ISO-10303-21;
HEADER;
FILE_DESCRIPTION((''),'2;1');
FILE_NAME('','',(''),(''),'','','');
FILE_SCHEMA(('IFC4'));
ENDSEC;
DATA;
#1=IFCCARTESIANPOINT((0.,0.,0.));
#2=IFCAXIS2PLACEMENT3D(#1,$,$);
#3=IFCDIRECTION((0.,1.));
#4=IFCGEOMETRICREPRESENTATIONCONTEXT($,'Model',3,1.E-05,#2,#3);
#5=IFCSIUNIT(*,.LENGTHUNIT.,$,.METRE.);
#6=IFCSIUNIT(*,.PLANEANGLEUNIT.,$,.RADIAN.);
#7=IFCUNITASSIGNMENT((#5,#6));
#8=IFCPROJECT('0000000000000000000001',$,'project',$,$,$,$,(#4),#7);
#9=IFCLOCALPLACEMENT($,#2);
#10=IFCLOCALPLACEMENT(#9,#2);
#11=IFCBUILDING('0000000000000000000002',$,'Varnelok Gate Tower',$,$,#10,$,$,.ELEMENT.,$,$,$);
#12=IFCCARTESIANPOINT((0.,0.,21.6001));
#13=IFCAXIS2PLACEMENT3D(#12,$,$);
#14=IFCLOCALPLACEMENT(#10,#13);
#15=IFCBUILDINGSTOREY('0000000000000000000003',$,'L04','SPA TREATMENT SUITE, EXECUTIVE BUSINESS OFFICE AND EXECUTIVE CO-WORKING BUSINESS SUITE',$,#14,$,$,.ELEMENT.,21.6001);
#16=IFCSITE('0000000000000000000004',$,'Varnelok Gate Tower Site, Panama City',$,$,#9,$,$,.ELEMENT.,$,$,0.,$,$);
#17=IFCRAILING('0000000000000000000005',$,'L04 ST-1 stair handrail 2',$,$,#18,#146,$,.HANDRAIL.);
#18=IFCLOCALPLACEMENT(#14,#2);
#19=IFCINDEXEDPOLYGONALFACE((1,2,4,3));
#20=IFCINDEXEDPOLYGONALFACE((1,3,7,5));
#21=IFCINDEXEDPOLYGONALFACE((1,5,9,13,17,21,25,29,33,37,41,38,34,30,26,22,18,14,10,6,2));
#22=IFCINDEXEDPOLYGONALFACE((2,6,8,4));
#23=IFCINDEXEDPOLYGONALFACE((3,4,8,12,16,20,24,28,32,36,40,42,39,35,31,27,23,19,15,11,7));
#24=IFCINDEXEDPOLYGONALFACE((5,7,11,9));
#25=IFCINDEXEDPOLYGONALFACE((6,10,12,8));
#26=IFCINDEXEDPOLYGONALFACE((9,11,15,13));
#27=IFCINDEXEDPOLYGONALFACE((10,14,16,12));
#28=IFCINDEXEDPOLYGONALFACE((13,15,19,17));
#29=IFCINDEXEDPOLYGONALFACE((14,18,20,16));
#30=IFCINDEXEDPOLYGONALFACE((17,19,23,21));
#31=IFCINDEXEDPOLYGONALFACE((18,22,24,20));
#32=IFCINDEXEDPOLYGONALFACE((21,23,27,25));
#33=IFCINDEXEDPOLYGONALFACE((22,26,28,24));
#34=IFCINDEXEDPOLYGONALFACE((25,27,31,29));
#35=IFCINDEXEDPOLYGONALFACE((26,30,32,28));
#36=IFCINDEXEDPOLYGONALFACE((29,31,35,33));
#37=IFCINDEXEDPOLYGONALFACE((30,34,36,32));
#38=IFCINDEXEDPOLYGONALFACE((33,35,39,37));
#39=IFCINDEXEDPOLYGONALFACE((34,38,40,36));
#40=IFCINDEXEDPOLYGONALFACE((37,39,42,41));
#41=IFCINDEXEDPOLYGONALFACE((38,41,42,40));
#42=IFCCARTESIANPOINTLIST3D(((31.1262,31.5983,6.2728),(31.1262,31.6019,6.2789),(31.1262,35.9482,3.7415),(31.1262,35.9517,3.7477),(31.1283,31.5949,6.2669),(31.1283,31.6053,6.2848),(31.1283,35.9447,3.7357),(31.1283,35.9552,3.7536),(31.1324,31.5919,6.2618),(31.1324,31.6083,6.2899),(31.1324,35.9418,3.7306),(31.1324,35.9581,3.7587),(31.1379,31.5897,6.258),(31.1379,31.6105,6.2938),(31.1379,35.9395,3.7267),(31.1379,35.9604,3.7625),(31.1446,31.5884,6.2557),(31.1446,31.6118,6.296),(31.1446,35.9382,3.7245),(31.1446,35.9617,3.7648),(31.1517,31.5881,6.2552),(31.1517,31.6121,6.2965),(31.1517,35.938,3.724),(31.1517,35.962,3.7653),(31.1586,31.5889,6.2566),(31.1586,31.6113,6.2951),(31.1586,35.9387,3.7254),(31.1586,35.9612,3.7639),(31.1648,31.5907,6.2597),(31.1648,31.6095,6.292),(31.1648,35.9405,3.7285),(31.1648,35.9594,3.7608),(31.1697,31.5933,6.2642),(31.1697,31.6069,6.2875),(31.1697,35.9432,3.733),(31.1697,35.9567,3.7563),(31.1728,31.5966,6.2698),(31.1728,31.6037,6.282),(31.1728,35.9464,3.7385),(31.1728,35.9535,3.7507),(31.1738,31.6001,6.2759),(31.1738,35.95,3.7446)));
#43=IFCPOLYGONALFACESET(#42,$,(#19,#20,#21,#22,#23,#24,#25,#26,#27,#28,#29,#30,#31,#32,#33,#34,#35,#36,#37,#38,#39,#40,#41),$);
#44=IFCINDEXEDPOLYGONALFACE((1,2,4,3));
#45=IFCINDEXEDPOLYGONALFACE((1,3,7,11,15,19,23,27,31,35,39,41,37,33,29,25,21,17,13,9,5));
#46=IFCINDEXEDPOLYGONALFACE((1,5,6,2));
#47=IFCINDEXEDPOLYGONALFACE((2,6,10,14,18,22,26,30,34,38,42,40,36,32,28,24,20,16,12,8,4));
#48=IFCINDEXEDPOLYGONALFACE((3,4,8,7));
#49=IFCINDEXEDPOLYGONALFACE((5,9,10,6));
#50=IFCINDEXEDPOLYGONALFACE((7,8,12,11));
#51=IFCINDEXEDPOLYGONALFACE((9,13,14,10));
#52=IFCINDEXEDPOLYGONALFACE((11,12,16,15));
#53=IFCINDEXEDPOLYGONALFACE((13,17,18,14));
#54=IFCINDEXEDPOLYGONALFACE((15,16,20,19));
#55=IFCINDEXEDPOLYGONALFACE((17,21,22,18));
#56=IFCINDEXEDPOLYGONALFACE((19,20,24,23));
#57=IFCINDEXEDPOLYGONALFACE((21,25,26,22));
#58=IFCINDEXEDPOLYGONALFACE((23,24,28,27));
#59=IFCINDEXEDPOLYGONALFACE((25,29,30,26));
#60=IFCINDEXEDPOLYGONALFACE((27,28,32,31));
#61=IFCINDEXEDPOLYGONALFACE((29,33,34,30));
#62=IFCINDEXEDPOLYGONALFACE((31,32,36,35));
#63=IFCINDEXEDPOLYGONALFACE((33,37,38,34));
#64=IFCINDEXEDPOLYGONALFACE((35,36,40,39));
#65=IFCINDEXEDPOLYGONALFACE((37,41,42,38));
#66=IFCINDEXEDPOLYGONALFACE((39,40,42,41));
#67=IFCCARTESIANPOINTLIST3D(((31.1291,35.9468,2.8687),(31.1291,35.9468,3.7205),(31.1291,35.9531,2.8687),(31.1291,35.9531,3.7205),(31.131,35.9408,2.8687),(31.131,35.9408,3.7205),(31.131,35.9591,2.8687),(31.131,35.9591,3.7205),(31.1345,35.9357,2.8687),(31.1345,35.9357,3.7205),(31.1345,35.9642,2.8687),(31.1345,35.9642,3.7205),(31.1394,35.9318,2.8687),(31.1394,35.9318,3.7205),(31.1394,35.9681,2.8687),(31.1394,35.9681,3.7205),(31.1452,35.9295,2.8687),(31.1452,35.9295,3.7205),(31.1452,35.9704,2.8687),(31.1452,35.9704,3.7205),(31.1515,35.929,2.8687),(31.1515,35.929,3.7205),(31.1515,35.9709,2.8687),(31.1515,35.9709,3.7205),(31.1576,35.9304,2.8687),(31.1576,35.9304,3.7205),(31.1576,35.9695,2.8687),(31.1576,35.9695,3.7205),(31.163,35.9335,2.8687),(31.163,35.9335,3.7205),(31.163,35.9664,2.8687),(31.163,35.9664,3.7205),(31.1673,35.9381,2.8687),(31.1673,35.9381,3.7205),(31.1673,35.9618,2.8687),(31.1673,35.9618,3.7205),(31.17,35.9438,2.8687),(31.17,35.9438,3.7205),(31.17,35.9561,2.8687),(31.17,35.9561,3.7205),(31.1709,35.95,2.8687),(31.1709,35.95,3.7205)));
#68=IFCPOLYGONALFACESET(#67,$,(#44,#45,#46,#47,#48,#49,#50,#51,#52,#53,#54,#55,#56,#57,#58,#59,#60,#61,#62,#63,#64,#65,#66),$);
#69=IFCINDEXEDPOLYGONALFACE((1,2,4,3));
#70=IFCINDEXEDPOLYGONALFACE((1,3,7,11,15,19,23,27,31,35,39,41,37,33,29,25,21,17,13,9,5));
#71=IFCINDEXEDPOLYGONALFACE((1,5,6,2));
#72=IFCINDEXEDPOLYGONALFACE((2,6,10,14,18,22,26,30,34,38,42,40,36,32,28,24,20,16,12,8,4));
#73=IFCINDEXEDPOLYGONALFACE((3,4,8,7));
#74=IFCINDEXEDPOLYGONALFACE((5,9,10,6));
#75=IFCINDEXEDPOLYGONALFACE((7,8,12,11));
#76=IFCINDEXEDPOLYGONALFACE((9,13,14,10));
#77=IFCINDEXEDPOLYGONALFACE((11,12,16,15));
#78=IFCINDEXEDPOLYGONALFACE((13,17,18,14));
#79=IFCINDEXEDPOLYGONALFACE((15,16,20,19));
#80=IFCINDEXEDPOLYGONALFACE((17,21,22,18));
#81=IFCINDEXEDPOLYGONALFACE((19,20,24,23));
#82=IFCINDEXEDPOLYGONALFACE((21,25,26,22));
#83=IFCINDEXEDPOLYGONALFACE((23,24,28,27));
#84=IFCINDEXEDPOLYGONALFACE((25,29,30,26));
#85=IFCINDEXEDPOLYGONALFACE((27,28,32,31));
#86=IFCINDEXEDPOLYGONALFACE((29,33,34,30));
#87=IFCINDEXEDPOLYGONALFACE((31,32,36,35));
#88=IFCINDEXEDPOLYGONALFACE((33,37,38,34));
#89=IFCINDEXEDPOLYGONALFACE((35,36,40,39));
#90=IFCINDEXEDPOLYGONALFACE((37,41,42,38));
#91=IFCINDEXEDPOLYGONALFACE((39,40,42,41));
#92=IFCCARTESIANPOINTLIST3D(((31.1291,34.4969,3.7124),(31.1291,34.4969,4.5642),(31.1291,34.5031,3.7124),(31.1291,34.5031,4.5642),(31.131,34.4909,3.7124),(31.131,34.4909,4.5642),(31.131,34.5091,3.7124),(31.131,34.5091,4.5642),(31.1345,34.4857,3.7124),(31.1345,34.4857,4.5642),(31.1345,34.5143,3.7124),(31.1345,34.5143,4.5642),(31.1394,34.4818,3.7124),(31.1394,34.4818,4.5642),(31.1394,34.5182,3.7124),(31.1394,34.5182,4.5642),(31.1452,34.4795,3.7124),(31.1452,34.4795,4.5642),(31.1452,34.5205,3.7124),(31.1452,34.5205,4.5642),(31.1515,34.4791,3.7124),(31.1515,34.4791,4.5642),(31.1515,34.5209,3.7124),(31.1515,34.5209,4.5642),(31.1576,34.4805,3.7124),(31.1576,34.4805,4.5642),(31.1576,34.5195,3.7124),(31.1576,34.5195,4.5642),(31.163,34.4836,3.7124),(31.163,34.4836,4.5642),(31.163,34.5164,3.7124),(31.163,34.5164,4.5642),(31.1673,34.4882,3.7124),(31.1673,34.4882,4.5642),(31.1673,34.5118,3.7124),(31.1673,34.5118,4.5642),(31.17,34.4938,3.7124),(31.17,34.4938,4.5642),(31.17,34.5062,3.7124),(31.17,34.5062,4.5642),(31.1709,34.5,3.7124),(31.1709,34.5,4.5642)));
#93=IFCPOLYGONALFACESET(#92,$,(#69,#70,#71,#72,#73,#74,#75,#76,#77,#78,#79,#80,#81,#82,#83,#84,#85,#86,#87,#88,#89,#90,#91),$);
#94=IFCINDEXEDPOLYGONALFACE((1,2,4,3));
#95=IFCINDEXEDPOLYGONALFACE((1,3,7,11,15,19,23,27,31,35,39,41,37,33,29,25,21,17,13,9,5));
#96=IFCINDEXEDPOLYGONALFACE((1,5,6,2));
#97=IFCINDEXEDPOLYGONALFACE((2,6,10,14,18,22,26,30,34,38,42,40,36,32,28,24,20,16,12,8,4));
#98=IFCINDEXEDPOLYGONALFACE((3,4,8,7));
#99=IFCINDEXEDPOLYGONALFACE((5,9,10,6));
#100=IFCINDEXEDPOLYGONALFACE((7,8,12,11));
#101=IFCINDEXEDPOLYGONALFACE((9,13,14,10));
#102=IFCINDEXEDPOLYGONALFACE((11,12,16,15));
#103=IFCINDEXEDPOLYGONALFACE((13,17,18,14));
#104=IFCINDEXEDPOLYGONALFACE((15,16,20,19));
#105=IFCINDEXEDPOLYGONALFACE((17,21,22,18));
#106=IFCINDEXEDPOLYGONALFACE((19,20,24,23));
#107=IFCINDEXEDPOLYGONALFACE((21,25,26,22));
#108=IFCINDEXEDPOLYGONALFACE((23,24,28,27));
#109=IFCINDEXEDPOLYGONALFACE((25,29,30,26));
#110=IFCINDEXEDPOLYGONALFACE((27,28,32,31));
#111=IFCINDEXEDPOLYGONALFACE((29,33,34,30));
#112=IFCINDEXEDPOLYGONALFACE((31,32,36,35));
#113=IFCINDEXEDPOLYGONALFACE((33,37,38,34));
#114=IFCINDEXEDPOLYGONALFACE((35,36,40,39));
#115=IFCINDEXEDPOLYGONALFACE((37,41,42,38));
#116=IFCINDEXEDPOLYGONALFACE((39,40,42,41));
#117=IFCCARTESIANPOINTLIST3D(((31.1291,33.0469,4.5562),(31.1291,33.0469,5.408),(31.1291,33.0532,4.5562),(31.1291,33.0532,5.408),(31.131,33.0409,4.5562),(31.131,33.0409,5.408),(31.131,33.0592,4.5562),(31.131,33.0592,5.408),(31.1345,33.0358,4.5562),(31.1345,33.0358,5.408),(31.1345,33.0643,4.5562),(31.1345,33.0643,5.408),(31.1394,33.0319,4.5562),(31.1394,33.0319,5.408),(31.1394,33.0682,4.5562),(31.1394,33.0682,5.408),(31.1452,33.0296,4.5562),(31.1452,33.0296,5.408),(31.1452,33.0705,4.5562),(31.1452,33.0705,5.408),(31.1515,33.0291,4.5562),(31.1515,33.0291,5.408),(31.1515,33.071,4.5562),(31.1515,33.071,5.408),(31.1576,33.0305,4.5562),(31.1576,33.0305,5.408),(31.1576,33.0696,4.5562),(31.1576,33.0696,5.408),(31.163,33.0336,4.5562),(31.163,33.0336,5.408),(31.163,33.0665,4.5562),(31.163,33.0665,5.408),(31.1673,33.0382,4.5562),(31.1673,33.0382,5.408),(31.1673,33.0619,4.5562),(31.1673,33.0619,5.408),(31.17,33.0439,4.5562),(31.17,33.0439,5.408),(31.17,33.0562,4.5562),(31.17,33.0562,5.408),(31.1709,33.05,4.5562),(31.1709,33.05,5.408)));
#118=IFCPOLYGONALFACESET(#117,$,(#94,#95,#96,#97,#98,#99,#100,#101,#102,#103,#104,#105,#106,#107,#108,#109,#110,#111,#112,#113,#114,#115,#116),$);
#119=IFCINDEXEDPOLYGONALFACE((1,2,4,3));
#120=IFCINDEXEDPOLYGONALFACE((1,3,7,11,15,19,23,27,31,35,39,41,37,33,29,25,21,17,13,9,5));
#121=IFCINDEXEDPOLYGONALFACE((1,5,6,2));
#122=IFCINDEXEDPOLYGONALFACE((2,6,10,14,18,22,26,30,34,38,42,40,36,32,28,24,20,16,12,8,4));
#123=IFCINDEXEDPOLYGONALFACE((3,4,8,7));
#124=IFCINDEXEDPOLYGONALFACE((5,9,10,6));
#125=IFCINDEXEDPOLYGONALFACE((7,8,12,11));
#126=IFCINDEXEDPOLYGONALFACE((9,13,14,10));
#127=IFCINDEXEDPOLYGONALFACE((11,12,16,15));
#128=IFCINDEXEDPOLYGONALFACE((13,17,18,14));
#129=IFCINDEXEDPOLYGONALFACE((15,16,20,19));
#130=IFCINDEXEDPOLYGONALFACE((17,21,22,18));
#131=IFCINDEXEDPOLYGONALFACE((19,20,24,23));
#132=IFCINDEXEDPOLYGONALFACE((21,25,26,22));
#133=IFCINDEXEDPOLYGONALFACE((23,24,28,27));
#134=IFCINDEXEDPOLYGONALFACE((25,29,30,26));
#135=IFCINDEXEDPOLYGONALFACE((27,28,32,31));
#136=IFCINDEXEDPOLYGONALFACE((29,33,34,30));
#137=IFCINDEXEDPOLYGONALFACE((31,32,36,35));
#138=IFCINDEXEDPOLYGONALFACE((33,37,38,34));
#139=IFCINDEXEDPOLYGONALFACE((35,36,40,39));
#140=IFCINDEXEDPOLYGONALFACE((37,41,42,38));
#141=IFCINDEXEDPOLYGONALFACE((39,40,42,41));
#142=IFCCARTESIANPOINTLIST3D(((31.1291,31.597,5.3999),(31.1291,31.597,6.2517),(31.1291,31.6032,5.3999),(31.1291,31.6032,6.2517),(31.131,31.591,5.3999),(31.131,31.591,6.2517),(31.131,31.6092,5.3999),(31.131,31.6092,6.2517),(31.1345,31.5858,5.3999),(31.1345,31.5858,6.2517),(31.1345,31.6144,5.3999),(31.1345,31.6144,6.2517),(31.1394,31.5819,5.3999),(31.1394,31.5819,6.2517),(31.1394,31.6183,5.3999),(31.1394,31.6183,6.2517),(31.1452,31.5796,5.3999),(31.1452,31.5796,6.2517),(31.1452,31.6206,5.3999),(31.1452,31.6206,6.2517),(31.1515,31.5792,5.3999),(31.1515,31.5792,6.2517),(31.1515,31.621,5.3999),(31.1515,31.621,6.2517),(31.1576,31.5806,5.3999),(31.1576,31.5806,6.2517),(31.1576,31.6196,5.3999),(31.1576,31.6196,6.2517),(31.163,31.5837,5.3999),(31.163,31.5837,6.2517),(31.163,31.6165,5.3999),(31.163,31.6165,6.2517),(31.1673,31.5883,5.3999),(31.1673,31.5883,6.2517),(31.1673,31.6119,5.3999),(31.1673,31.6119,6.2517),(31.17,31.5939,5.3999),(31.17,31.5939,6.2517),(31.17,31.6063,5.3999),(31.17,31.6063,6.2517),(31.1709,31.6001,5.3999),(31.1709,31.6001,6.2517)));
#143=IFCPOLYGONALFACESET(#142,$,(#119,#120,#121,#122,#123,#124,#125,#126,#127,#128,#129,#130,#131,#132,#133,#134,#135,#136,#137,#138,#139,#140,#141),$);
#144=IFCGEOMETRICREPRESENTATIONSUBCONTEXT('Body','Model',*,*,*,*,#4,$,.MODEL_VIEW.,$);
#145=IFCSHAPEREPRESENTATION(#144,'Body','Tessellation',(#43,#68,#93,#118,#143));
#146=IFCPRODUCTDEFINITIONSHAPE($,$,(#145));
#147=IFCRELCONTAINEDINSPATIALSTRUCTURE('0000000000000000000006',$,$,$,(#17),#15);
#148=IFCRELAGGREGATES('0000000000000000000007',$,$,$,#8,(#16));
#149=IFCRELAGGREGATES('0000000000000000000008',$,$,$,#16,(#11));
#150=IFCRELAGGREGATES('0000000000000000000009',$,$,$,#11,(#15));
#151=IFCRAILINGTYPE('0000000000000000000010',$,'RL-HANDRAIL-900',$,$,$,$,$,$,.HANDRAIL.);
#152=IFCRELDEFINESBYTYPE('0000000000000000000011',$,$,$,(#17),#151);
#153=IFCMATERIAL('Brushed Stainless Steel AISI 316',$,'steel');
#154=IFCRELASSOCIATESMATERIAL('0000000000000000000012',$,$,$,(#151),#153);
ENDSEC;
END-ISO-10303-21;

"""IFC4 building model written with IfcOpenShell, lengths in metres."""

from ifc_helpers import new_model, si_unit, direction, frame, origin, origin_2d, place, context, subcontext, project, spatial, circle, extrude, material, type_object, element, save


model = new_model("IFC4")

# Units and contexts
model_context = context("Model", 3, precision=1e-05, world=origin(), true_north=direction((0.0, 1.0)))
body_context = subcontext(model_context, "Body", "Model", "MODEL_VIEW")
ifc_project = project(units=[si_unit("LENGTHUNIT", "METRE"), si_unit("PLANEANGLEUNIT", "RADIAN")], contexts=[model_context])

# Site, building, storey
site_placement = place(None, origin())
site = spatial("IfcSite", under=ifc_project, at=site_placement, Name="Varnelok Gate Tower Site, Panama City", CompositionType="ELEMENT", RefElevation=0.0)
building_placement = place(site_placement, origin())
building = spatial("IfcBuilding", under=site, at=building_placement, Name="Varnelok Gate Tower", CompositionType="ELEMENT")
storey_placement = place(building_placement, frame((0.0, 0.0, 21.6001)))
storey = spatial("IfcBuildingStorey", under=building, at=storey_placement, Name="L04", Description="SPA TREATMENT SUITE, EXECUTIVE BUSINESS OFFICE AND EXECUTIVE CO-WORKING BUSINESS SUITE", CompositionType="ELEMENT", Elevation=21.6001)

# Railing
ifc_material_1 = material(Name="Brushed Stainless Steel AISI 316", Category="steel")
railing_type_1 = type_object("IfcRailingType", Name="RL-HANDRAIL-900", PredefinedType="HANDRAIL", material=ifc_material_1)
railing_1_placement = place(storey_placement, frame((31.1499, 35.95, 2.8687)))
element("IfcRailing", 1, at=railing_1_placement, inside=storey, type_object=railing_type_1, Name="L04 ST-1 stair handrail 2", PredefinedType="HANDRAIL", context=body_context, shape_type="SweptSolid", body=[
    extrude(circle(Radius=0.0239, at=origin_2d()), frame((0.0, 0.0, 0.876), z_axis=(0.0, -0.864312, 0.502957), x_axis=(1.0, 0.0, 0.0)), (0.0, 0.0, 1.0), 5.0327),
    extrude(circle(Radius=0.021, at=origin_2d()), origin(), (0.0, 0.0, 1.0), 0.8518),
    extrude(circle(Radius=0.021, at=origin_2d()), frame((0.0, -1.45, 0.8438)), (0.0, 0.0, 1.0), 0.8518),
    extrude(circle(Radius=0.021, at=origin_2d()), frame((0.0, -2.8999, 1.6875)), (0.0, 0.0, 1.0), 0.8518),
    extrude(circle(Radius=0.021, at=origin_2d()), frame((0.0, -4.3499, 2.5312)), (0.0, 0.0, 1.0), 0.8518),
])

save(model, "model.ifc")
